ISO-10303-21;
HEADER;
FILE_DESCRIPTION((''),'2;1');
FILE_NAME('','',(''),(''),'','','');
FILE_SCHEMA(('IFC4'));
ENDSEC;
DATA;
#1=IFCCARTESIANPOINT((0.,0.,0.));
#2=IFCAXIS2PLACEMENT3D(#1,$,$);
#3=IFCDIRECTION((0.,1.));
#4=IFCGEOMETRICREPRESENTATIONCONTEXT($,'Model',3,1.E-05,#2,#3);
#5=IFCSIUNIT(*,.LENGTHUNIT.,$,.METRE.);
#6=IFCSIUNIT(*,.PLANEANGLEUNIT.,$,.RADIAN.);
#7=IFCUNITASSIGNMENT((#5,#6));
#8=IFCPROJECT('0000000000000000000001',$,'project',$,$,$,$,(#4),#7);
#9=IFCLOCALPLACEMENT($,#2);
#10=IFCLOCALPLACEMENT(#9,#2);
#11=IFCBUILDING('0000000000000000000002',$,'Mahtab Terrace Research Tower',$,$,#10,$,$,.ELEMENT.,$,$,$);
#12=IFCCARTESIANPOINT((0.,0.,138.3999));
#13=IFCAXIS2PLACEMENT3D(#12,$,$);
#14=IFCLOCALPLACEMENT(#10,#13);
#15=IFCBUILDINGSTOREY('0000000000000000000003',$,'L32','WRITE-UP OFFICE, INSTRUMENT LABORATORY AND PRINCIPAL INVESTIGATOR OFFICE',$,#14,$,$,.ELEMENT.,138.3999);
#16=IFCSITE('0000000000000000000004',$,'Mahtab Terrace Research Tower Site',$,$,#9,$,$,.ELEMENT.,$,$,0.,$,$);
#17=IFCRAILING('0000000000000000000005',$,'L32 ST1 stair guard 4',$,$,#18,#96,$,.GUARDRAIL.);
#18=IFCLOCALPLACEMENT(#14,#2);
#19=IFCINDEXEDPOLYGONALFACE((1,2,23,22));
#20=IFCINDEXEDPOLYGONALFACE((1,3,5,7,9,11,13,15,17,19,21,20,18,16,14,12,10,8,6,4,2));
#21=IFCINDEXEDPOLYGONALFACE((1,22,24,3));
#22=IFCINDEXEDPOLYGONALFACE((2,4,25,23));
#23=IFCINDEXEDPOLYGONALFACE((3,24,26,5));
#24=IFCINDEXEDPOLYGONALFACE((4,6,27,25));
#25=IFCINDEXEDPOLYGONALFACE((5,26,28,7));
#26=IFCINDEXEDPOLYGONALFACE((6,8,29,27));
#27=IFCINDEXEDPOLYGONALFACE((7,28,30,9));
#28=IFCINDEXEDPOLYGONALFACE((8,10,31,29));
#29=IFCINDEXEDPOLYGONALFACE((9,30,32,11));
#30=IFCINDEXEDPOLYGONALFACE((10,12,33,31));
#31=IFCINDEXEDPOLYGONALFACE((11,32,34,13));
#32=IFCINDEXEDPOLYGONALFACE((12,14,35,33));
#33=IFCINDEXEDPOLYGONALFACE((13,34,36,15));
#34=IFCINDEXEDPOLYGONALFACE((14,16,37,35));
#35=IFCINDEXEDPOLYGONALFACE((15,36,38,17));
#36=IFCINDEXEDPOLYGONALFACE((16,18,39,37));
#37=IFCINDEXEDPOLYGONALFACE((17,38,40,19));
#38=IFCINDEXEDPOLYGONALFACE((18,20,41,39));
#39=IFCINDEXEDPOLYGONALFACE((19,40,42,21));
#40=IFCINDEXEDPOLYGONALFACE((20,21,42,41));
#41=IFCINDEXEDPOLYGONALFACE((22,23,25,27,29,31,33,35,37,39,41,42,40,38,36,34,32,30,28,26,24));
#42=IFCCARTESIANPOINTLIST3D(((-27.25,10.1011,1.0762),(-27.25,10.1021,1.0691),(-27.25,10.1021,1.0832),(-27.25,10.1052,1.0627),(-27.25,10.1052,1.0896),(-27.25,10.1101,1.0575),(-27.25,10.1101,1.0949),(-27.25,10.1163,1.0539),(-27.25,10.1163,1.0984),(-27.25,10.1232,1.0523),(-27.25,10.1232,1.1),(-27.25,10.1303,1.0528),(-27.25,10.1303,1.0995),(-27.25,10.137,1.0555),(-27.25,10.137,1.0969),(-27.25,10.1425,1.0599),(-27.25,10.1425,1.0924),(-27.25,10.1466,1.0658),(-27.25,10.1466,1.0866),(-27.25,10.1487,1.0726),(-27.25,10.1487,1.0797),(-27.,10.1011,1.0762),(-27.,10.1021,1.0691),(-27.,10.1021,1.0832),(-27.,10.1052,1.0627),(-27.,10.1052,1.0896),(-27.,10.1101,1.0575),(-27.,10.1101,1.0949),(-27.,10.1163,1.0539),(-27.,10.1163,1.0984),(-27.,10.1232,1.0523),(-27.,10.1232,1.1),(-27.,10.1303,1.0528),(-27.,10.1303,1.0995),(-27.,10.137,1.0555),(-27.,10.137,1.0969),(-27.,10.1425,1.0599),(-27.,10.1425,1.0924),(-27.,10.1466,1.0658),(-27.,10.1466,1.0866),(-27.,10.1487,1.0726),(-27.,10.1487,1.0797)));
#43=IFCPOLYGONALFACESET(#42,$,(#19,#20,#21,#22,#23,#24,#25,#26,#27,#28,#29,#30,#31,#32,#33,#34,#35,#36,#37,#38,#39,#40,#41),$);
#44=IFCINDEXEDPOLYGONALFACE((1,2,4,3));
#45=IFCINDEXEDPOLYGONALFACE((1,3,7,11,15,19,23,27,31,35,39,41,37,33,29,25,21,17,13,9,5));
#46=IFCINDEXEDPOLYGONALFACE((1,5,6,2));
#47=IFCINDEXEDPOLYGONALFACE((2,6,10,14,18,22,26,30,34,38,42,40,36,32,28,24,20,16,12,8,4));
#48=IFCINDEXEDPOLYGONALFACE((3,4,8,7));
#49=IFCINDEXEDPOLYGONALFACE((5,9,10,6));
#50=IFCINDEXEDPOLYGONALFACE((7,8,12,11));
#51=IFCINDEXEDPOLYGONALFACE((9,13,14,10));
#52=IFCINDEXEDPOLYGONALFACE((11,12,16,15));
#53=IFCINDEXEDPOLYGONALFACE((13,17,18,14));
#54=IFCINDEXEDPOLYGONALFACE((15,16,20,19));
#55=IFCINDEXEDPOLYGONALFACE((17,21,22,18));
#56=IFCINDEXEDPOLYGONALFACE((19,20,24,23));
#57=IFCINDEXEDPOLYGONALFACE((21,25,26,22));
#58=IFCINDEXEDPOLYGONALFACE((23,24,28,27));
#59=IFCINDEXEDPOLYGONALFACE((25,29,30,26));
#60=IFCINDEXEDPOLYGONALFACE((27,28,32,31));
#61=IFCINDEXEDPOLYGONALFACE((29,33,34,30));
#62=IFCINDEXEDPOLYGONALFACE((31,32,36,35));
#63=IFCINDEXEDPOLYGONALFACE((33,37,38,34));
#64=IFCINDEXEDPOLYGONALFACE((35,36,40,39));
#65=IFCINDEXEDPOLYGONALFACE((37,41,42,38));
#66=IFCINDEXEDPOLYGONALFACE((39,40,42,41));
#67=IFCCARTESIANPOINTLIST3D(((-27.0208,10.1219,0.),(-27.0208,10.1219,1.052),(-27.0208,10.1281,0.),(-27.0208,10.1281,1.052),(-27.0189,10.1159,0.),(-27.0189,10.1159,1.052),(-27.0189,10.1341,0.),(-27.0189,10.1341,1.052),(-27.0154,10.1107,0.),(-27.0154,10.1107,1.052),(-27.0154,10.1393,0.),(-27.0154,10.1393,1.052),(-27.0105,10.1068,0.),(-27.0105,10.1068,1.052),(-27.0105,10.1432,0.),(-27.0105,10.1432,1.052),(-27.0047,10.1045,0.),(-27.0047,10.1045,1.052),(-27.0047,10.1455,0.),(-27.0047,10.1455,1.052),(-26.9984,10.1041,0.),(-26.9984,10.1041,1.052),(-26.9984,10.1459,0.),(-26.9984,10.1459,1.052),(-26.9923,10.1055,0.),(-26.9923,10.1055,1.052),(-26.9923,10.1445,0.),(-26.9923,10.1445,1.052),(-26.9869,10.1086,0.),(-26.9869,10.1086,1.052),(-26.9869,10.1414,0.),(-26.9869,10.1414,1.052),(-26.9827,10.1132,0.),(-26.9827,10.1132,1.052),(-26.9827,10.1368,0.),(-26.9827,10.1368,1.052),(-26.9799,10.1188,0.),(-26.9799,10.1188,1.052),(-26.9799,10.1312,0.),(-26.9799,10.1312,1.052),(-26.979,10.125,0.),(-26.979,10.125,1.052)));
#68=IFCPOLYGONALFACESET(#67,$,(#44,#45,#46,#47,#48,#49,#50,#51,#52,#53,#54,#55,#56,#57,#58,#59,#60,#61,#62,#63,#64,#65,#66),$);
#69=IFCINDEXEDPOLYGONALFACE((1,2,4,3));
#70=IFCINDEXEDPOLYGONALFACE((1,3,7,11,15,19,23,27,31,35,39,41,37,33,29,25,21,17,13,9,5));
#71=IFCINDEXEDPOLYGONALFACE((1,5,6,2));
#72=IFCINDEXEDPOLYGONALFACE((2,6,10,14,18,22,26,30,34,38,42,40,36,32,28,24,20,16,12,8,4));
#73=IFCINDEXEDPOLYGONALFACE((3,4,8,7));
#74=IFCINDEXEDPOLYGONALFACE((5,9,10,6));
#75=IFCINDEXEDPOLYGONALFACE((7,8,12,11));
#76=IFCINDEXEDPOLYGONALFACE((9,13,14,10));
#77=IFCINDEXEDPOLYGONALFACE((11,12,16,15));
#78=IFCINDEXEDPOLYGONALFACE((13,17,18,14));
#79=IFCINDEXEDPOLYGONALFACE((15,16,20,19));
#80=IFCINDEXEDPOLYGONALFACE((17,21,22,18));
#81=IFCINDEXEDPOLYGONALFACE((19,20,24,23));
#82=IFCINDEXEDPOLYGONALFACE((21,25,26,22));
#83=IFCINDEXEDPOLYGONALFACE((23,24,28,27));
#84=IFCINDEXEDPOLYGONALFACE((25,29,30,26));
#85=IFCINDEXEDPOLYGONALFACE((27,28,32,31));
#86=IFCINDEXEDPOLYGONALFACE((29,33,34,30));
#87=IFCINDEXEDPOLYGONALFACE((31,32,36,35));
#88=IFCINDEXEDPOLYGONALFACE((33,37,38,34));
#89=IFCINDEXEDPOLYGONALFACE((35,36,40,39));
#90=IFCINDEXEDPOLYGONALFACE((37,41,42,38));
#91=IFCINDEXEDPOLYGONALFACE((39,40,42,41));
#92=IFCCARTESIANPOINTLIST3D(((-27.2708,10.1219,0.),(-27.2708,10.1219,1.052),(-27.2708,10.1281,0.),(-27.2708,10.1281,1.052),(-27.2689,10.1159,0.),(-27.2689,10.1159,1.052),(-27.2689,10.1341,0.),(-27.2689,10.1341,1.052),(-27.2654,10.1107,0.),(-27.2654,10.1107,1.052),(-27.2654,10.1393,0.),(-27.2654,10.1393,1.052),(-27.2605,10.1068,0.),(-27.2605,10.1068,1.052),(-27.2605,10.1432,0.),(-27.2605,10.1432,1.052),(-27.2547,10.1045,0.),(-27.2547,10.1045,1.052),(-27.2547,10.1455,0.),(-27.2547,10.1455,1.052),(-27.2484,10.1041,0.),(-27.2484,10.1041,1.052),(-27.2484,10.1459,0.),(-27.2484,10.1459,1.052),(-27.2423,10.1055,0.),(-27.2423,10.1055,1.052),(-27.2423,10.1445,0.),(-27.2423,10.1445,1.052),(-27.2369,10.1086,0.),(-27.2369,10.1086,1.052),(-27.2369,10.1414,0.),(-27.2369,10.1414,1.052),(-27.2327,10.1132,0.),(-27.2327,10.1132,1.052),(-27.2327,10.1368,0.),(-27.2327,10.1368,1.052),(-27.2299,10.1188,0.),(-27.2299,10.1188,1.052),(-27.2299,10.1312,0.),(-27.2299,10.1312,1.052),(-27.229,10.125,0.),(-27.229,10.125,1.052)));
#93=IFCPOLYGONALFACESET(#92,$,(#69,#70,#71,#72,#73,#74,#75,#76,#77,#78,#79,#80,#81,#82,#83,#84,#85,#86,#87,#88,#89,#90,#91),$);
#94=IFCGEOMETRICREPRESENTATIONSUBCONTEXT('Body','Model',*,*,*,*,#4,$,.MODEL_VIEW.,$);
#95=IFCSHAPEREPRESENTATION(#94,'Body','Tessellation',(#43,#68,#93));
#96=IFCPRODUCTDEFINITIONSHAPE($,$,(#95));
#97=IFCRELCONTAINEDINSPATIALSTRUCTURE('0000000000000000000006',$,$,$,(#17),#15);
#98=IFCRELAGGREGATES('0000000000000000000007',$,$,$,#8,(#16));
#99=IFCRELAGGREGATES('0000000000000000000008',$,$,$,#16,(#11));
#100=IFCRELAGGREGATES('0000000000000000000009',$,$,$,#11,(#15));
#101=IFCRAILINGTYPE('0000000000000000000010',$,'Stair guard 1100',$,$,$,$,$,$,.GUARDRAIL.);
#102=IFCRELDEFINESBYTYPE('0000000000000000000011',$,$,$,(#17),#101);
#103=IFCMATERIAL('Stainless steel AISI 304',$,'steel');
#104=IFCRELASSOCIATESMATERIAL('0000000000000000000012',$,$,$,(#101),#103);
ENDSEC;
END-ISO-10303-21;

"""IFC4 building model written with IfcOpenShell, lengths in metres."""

from ifc_helpers import new_model, si_unit, direction, frame, origin, origin_2d, place, context, subcontext, project, spatial, circle, extrude, material, type_object, element, save


model = new_model("IFC4")

# Units and contexts
model_context = context("Model", 3, precision=1e-05, world=origin(), true_north=direction((0.0, 1.0)))
body_context = subcontext(model_context, "Body", "Model", "MODEL_VIEW")
ifc_project = project(units=[si_unit("LENGTHUNIT", "METRE"), si_unit("PLANEANGLEUNIT", "RADIAN")], contexts=[model_context])

# Site, building, storey
site_placement = place(None, origin())
site = spatial("IfcSite", under=ifc_project, at=site_placement, Name="Mahtab Terrace Research Tower Site", CompositionType="ELEMENT", RefElevation=0.0)
building_placement = place(site_placement, origin())
building = spatial("IfcBuilding", under=site, at=building_placement, Name="Mahtab Terrace Research Tower", CompositionType="ELEMENT")
storey_placement = place(building_placement, frame((0.0, 0.0, 138.3999)))
storey = spatial("IfcBuildingStorey", under=building, at=storey_placement, Name="L32", Description="WRITE-UP OFFICE, INSTRUMENT LABORATORY AND PRINCIPAL INVESTIGATOR OFFICE", CompositionType="ELEMENT", Elevation=138.3999)

# Shared definitions
ifc_material_1 = material(Name="Stainless steel AISI 304", Category="steel")

# Railing
railing_type_1 = type_object("IfcRailingType", Name="Stair guard 1100", PredefinedType="GUARDRAIL", material=ifc_material_1)
railing_1_placement = place(storey_placement, frame((-27.0, 10.125, 0.0)))
element("IfcRailing", 1, at=railing_1_placement, inside=storey, type_object=railing_type_1, Name="L32 ST1 stair guard 4", PredefinedType="GUARDRAIL", context=body_context, shape_type="SweptSolid", body=[
    extrude(circle(Radius=0.0239, at=origin_2d()), frame((0.0, 0.0, 1.0762), z_axis=(-1.0, 0.0, 0.0), x_axis=(0.0, -1.0, 0.0)), (0.0, 0.0, 1.0), 0.25),
    extrude(circle(Radius=0.021, at=origin_2d()), origin(), (0.0, 0.0, 1.0), 1.052),
    extrude(circle(Radius=0.021, at=origin_2d()), frame((-0.25, 0.0, 0.0)), (0.0, 0.0, 1.0), 1.052),
])

save(model, "model.ifc")
